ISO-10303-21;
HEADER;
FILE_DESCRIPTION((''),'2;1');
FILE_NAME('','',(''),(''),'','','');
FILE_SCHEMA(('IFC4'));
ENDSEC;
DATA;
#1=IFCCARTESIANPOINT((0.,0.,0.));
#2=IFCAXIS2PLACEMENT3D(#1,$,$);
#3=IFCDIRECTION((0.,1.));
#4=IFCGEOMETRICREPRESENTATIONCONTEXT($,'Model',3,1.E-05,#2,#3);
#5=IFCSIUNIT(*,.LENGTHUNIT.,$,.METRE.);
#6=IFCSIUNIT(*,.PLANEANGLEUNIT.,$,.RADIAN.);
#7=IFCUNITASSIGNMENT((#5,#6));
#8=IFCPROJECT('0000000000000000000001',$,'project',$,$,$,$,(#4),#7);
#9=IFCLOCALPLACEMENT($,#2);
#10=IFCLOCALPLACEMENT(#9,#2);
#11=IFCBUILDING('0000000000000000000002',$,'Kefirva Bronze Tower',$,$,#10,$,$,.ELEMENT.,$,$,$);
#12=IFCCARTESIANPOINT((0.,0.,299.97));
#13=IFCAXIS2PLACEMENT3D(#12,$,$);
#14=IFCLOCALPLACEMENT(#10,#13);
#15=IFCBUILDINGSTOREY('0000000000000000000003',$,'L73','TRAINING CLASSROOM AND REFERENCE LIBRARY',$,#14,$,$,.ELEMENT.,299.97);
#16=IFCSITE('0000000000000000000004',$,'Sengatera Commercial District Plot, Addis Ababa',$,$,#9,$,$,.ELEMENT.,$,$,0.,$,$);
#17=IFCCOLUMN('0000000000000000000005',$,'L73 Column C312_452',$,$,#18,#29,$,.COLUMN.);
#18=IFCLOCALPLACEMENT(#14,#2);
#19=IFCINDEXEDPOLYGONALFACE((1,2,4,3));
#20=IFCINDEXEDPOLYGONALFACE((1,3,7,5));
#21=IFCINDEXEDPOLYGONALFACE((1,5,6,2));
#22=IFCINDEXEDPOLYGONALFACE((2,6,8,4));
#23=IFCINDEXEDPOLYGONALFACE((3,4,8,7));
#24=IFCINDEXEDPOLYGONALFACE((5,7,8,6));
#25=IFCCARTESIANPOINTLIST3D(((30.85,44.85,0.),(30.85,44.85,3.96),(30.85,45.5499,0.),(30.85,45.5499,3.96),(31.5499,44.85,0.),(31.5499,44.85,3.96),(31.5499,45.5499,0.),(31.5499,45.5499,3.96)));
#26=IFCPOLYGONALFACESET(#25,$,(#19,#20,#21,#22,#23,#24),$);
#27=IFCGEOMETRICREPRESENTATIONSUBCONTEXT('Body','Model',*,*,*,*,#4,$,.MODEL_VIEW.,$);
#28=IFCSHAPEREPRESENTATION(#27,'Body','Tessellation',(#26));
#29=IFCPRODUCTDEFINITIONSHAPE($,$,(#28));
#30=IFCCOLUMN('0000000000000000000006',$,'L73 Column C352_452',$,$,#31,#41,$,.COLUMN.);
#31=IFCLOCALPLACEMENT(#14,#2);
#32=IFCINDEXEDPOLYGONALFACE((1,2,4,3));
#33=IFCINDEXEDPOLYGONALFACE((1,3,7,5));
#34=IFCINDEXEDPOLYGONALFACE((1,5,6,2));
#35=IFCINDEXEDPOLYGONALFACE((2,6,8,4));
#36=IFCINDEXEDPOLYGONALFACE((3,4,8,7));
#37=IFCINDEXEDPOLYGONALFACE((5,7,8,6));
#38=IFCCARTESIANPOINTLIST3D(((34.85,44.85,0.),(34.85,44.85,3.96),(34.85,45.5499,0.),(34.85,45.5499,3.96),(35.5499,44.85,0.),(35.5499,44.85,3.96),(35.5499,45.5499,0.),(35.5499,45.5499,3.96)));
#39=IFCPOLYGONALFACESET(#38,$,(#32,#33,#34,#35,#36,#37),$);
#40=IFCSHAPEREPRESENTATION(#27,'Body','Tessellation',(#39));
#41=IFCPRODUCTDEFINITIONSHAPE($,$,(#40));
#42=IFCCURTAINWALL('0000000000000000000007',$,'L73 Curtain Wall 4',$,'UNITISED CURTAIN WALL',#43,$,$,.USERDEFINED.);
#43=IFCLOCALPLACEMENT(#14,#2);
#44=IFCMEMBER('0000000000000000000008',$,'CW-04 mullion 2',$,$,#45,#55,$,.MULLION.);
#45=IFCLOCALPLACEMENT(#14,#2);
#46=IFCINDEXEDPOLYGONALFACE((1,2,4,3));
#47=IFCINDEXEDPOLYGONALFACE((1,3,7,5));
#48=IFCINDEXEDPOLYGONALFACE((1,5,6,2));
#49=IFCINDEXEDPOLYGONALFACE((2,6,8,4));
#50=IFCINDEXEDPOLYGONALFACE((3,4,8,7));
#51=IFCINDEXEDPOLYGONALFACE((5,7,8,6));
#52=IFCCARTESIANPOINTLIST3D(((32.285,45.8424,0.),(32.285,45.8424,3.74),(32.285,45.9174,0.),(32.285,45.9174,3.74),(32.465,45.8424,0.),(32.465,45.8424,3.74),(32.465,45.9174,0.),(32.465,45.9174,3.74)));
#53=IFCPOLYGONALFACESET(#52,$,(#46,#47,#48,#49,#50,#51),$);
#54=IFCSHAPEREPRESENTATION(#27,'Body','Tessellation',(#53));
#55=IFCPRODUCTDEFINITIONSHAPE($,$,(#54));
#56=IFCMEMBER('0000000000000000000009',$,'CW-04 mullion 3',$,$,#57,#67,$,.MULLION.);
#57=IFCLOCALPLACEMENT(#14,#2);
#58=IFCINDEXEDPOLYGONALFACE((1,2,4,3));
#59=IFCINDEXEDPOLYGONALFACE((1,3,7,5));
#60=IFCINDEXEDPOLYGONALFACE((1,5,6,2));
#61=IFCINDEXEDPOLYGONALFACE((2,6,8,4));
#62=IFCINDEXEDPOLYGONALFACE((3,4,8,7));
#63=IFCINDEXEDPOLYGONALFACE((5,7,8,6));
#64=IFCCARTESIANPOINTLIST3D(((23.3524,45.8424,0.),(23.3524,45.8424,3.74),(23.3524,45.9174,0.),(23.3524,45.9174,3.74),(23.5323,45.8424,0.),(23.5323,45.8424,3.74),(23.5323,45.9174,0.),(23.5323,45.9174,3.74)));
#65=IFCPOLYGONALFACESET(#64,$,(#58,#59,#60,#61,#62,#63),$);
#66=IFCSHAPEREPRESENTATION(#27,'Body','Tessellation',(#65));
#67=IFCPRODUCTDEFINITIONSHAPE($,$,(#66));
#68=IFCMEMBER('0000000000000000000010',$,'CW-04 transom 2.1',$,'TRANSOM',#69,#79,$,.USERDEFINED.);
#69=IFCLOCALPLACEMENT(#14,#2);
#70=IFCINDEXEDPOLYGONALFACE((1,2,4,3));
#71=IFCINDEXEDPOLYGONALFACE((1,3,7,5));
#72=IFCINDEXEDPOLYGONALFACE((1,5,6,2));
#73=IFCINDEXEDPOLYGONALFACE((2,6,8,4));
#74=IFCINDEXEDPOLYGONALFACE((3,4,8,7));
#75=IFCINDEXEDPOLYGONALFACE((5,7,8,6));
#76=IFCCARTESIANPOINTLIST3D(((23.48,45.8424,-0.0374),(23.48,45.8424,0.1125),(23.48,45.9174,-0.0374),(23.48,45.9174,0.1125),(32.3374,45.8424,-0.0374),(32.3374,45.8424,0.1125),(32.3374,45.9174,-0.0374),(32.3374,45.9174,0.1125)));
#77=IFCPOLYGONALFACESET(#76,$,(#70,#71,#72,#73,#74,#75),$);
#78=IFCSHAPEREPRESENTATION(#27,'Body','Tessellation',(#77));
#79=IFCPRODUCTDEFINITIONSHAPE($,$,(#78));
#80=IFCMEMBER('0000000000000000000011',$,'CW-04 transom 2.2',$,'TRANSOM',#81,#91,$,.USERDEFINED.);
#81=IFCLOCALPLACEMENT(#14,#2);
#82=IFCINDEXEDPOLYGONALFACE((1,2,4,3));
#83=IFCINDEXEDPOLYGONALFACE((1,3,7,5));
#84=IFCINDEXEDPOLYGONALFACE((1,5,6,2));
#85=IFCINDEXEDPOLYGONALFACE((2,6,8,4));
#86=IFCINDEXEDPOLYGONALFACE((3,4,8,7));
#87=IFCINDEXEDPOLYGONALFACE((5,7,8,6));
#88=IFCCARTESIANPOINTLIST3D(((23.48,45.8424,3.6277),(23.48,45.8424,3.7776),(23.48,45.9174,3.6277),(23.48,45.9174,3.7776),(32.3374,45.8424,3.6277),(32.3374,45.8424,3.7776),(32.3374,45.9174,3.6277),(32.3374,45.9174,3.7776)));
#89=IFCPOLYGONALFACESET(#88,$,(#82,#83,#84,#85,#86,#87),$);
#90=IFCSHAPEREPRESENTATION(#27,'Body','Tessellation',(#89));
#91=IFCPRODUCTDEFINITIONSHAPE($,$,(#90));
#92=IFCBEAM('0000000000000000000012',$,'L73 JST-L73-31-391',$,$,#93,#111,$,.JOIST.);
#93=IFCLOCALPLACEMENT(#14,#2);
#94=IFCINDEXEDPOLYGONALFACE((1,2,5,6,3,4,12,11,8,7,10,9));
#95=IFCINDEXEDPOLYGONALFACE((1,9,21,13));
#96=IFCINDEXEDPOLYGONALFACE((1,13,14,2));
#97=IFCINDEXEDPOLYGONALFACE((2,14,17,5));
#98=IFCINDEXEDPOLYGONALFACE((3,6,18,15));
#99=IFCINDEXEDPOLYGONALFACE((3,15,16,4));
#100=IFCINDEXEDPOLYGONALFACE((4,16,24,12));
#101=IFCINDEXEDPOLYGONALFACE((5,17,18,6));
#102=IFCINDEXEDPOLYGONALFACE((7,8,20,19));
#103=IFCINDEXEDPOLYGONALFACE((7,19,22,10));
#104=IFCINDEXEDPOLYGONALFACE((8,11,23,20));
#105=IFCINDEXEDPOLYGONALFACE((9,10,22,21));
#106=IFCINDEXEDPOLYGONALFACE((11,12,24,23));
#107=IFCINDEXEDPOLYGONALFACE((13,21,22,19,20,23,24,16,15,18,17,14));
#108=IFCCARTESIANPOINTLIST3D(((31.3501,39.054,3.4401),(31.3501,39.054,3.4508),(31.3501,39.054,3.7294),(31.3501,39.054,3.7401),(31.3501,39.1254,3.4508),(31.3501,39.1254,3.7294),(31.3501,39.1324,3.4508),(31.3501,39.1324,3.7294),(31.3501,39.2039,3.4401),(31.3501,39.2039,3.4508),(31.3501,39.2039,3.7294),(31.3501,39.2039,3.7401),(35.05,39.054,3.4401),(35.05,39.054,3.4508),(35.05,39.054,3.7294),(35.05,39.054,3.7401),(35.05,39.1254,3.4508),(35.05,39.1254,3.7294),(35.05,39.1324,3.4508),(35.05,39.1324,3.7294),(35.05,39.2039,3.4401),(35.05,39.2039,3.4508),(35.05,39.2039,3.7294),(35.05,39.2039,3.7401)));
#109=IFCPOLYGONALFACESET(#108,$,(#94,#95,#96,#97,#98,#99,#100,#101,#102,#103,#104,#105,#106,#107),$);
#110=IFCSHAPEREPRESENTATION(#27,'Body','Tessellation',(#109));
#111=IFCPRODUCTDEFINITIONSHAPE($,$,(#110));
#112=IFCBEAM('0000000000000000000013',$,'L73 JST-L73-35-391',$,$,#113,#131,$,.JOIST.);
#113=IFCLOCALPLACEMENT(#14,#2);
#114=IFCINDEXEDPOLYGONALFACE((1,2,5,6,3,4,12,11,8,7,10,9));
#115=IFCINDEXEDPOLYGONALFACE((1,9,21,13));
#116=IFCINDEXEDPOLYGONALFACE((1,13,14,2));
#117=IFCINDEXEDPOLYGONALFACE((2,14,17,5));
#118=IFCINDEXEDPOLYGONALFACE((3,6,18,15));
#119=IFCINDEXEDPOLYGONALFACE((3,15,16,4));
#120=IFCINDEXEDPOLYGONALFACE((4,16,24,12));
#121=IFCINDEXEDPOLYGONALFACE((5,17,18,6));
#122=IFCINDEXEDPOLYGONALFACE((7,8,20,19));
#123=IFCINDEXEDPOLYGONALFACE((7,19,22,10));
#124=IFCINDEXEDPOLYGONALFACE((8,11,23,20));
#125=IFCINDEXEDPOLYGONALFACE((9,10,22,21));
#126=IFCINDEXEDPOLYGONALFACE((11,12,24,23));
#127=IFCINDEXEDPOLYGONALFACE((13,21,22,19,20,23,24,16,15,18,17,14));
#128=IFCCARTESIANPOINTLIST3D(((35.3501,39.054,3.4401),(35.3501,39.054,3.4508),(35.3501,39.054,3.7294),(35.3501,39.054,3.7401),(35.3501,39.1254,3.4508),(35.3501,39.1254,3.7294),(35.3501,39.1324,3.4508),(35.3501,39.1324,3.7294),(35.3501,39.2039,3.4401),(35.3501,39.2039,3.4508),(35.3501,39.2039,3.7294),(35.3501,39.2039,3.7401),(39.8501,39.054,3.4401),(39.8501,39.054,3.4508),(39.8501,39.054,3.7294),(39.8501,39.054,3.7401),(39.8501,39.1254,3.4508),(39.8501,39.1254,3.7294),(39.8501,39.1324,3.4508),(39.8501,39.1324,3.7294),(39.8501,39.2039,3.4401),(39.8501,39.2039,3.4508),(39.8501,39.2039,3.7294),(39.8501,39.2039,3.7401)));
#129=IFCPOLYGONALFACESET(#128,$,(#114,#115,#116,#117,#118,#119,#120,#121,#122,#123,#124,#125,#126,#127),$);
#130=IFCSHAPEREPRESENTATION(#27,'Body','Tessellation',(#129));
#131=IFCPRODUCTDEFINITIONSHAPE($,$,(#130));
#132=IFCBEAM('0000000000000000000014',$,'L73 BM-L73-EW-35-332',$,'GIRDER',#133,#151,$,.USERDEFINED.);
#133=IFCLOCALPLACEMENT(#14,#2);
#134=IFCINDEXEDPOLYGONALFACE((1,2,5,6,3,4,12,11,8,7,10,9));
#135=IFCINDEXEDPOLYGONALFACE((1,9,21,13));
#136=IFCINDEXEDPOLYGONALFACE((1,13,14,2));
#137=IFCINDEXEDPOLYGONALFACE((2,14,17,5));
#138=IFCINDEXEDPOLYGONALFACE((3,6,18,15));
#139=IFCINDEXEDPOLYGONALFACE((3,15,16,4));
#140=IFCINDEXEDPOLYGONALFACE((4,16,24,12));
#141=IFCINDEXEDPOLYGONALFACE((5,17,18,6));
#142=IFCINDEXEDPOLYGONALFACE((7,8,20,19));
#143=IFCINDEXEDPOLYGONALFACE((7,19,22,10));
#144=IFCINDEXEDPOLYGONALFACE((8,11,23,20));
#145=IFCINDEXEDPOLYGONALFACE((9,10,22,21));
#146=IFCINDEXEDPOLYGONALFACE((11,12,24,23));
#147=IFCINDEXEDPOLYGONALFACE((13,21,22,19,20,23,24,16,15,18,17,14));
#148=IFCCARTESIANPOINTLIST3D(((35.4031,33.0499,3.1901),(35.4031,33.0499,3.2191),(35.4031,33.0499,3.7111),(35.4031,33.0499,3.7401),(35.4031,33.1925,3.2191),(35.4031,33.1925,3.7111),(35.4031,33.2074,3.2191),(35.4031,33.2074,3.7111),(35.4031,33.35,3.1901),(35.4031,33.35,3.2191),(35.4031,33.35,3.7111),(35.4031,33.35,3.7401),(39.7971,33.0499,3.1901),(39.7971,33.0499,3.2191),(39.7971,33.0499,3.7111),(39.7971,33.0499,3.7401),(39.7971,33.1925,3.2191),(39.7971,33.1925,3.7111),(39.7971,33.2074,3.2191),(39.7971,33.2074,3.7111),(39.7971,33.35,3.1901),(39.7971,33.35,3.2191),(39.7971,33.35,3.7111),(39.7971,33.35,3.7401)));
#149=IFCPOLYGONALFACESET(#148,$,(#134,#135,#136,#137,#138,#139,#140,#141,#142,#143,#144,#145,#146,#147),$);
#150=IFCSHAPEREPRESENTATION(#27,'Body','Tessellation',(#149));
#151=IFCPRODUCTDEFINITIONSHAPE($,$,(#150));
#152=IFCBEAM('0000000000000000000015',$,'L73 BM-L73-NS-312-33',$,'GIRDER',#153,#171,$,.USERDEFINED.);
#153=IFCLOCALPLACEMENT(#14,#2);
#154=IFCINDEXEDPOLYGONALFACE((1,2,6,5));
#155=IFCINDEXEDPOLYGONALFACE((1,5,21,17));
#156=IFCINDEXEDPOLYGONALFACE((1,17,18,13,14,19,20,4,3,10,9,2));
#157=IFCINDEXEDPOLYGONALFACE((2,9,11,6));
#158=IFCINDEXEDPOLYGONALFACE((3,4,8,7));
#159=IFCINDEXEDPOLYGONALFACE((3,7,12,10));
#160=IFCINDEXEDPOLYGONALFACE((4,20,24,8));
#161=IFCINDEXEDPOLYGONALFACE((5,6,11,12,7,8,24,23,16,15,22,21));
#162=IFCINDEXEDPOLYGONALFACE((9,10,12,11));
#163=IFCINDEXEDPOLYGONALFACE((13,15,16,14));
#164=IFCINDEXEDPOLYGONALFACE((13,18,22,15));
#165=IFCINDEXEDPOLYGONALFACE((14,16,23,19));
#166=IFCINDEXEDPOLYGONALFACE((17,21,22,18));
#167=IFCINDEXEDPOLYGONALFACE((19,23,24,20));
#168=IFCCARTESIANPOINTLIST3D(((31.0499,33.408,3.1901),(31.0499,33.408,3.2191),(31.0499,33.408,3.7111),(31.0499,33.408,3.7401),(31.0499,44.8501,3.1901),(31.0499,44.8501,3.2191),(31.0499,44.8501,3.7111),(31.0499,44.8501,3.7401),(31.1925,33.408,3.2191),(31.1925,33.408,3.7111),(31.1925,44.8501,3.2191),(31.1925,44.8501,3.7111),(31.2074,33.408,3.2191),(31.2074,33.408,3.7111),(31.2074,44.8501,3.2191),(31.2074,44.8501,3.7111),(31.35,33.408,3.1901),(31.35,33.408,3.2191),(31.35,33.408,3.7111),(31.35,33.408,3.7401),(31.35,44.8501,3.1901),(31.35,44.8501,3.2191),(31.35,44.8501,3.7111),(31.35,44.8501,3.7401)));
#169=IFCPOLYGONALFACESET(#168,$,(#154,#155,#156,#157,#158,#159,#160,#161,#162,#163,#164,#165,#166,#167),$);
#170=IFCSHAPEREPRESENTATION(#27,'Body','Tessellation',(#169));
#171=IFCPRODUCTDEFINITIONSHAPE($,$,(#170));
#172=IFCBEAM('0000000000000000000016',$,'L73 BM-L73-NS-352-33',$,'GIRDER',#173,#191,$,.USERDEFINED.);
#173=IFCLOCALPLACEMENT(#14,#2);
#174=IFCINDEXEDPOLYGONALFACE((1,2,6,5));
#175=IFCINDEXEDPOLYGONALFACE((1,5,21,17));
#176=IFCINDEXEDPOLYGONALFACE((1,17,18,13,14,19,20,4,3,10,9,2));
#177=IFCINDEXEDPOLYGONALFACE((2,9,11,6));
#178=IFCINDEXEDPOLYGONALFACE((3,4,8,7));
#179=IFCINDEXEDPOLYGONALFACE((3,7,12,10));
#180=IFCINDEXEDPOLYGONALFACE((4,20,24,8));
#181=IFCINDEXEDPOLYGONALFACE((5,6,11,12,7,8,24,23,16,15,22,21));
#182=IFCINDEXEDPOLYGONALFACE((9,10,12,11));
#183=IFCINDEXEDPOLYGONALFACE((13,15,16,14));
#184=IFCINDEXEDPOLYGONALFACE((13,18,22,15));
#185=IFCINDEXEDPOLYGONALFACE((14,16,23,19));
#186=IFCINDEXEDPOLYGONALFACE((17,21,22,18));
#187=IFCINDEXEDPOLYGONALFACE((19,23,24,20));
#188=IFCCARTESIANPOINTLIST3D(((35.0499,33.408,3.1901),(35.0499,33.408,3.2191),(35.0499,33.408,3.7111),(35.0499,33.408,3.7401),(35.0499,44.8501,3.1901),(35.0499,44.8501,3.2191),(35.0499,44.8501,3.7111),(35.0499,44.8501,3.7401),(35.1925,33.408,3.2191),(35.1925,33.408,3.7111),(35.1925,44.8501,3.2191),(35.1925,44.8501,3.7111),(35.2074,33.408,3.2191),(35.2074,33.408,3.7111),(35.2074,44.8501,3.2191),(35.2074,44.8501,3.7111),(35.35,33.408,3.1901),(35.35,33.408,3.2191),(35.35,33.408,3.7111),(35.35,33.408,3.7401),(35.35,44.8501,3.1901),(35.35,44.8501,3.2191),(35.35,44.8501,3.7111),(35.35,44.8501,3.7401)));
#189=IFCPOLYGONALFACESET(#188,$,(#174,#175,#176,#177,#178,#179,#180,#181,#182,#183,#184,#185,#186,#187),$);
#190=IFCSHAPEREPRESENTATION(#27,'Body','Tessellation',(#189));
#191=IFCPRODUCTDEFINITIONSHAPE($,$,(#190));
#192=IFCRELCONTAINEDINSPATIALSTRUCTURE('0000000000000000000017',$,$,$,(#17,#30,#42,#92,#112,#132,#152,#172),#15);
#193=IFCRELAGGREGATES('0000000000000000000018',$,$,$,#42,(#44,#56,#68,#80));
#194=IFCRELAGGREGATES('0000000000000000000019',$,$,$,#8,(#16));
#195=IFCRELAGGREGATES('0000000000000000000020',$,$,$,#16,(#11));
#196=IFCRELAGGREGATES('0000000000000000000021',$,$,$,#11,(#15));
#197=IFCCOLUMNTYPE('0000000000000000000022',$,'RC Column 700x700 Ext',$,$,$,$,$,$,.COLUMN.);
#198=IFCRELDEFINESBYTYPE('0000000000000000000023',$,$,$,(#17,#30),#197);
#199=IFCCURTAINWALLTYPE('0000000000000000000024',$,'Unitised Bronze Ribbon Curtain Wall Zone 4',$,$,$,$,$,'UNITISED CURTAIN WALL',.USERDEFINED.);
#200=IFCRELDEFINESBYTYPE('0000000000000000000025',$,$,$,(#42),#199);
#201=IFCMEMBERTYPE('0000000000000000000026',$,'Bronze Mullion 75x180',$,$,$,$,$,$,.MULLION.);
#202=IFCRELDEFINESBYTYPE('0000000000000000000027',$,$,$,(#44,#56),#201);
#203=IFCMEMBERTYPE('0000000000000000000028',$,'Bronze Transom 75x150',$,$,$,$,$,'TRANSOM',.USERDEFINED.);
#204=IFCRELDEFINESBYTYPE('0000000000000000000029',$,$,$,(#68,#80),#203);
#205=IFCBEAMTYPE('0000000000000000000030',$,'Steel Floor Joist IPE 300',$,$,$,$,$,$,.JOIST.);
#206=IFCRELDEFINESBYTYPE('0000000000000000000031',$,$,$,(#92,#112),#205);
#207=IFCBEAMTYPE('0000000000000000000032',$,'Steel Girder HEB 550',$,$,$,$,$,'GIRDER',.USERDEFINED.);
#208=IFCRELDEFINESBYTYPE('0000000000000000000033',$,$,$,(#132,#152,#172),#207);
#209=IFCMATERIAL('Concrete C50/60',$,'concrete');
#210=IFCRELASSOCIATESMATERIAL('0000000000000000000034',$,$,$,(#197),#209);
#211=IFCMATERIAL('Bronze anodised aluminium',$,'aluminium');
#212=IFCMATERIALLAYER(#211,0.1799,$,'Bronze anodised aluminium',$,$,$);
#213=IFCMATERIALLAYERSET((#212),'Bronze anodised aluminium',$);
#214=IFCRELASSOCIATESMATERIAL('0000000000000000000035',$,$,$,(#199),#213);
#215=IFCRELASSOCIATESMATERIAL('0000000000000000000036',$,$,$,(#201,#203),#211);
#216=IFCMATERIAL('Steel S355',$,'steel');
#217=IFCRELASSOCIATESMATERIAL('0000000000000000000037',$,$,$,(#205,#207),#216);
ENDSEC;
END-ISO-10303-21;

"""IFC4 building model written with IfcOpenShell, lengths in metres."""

from ifc_helpers import new_model, si_unit, direction, frame, origin, origin_2d, place, context, subcontext, project, spatial, rectangle, i_section, extrude, material, layer, layer_set, material_profile, profile_set, type_object, element, aggregate, save


model = new_model("IFC4")

# Units and contexts
model_context = context("Model", 3, precision=1e-05, world=origin(), true_north=direction((0.0, 1.0)))
body_context = subcontext(model_context, "Body", "Model", "MODEL_VIEW")
ifc_project = project(units=[si_unit("LENGTHUNIT", "METRE"), si_unit("PLANEANGLEUNIT", "RADIAN")], contexts=[model_context])

# Site, building, storey
site_placement = place(None, origin())
site = spatial("IfcSite", under=ifc_project, at=site_placement, Name="Sengatera Commercial District Plot, Addis Ababa", CompositionType="ELEMENT", RefElevation=0.0)
building_placement = place(site_placement, origin())
building = spatial("IfcBuilding", under=site, at=building_placement, Name="Kefirva Bronze Tower", CompositionType="ELEMENT")
storey_placement = place(building_placement, frame((0.0, 0.0, 299.97)))
storey = spatial("IfcBuildingStorey", under=building, at=storey_placement, Name="L73", Description="TRAINING CLASSROOM AND REFERENCE LIBRARY", CompositionType="ELEMENT", Elevation=299.97)

# Columns
ifc_material_1 = material(Name="Concrete C50/60", Category="concrete")
ifc_material_profile_1 = material_profile(ifc_material_1, rectangle(XDim=0.7, YDim=0.7, at=origin_2d()), Name="RC 700x700")
ifc_profile_set_1 = profile_set([ifc_material_profile_1], Name="Concrete C50/60")
column_type = type_object("IfcColumnType", Name="RC Column 700x700 Ext", PredefinedType="COLUMN", material=ifc_profile_set_1)
for number, where, z_axis, x_axis, name in (
    (1, (31.2, 45.2, 0.0), (0.0, 0.0, 1.0), (1.0, 0.0, 0.0), "L73 Column C312_452"),
    (2, (35.2, 45.2, 0.0), (0.0, 0.0, 1.0), (1.0, 0.0, 0.0), "L73 Column C352_452"),
):
    element("IfcColumn", number, at=place(storey_placement, frame(where, z_axis=z_axis, x_axis=x_axis)), inside=storey, type_object=column_type, Name=name, PredefinedType="COLUMN", context=body_context, shape_type="SweptSolid", body=[
        extrude(rectangle(XDim=0.7, YDim=0.7, at=origin_2d()), origin(), (0.0, 0.0, 1.0), 3.96),
    ])

# Curtain wall, members
ifc_material_2 = material(Name="Bronze anodised aluminium", Category="aluminium")
ifc_layer_1 = layer(ifc_material_2, 0.1799, Name="Bronze anodised aluminium")
ifc_layer_set_1 = layer_set([ifc_layer_1], Name="Bronze anodised aluminium")
curtain_wall_type = type_object("IfcCurtainWallType", Name="Unitised Bronze Ribbon Curtain Wall Zone 4", ElementType="UNITISED CURTAIN WALL", PredefinedType="USERDEFINED", material=ifc_layer_set_1)
curtain_wall_placement = place(storey_placement, origin())
curtain_wall = element("IfcCurtainWall", 3, at=curtain_wall_placement, inside=storey, type_object=curtain_wall_type, Name="L73 Curtain Wall 4", ObjectType="UNITISED CURTAIN WALL", PredefinedType="USERDEFINED")
ifc_material_profile_2 = material_profile(ifc_material_2, rectangle(XDim=0.075, YDim=0.1799, at=origin_2d()), Name="ALU 75x180")
ifc_profile_set_2 = profile_set([ifc_material_profile_2], Name="Bronze anodised aluminium")
member_type_1 = type_object("IfcMemberType", Name="Bronze Mullion 75x180", PredefinedType="MULLION", material=ifc_profile_set_2)
member_1_placement = place(storey_placement, frame((32.375, 45.8799, 0.0), z_axis=(0.0, 0.0, 1.0), x_axis=(0.0, -1.0, 0.0)))
member_1 = element("IfcMember", 4, at=member_1_placement, type_object=member_type_1, Name="CW-04 mullion 2", PredefinedType="MULLION", context=body_context, shape_type="SweptSolid", body=[
    extrude(rectangle(XDim=0.075, YDim=0.1799, at=origin_2d()), origin(), (0.0, 0.0, 1.0), 3.74),
])
member_2_placement = place(storey_placement, frame((23.4424, 45.8799, 0.0), z_axis=(0.0, 0.0, 1.0), x_axis=(0.0, -1.0, 0.0)))
member_2 = element("IfcMember", 5, at=member_2_placement, type_object=member_type_1, Name="CW-04 mullion 3", PredefinedType="MULLION", context=body_context, shape_type="SweptSolid", body=[
    extrude(rectangle(XDim=0.075, YDim=0.1799, at=origin_2d()), origin(), (0.0, 0.0, 1.0), 3.74),
])
ifc_material_profile_3 = material_profile(ifc_material_2, rectangle(XDim=0.075, YDim=0.1499, at=origin_2d()), Name="ALU 75x150")
ifc_profile_set_3 = profile_set([ifc_material_profile_3], Name="Bronze anodised aluminium")
member_type_2 = type_object("IfcMemberType", Name="Bronze Transom 75x150", ElementType="TRANSOM", PredefinedType="USERDEFINED", material=ifc_profile_set_3)
member_3_placement = place(storey_placement, frame((32.3374, 45.8799, 0.0376), z_axis=(-1.0, 0.0, 0.0), x_axis=(0.0, -1.0, 0.0)))
member_3 = element("IfcMember", 6, at=member_3_placement, type_object=member_type_2, Name="CW-04 transom 2.1", ObjectType="TRANSOM", PredefinedType="USERDEFINED", context=body_context, shape_type="SweptSolid", body=[
    extrude(rectangle(XDim=0.075, YDim=0.1499, at=origin_2d()), origin(), (0.0, 0.0, 1.0), 8.8574),
])
member_4_placement = place(storey_placement, frame((32.3374, 45.8799, 3.7026), z_axis=(-1.0, 0.0, 0.0), x_axis=(0.0, -1.0, 0.0)))
member_4 = element("IfcMember", 7, at=member_4_placement, type_object=member_type_2, Name="CW-04 transom 2.2", ObjectType="TRANSOM", PredefinedType="USERDEFINED", context=body_context, shape_type="SweptSolid", body=[
    extrude(rectangle(XDim=0.075, YDim=0.1499, at=origin_2d()), origin(), (0.0, 0.0, 1.0), 8.8574),
])

# Beams
ifc_material_3 = material(Name="Steel S355", Category="steel")
ifc_material_profile_4 = material_profile(ifc_material_3, i_section(OverallWidth=0.1499, OverallDepth=0.3, WebThickness=0.0071, FlangeThickness=0.0107, at=origin_2d()), Name="IPE 300")
ifc_profile_set_4 = profile_set([ifc_material_profile_4], Name="Steel S355")
beam_type_1 = type_object("IfcBeamType", Name="Steel Floor Joist IPE 300", PredefinedType="JOIST", material=ifc_profile_set_4)
beam_1_placement = place(storey_placement, frame((31.3501, 39.1289, 3.5901), z_axis=(1.0, 0.0, 0.0), x_axis=(0.0, 1.0, 0.0)))
element("IfcBeam", 8, at=beam_1_placement, inside=storey, type_object=beam_type_1, Name="L73 JST-L73-31-391", PredefinedType="JOIST", context=body_context, shape_type="SweptSolid", body=[
    extrude(i_section(OverallWidth=0.1499, OverallDepth=0.3, WebThickness=0.0071, FlangeThickness=0.0107, at=origin_2d()), origin(), (0.0, 0.0, 1.0), 3.7),
])
beam_2_placement = place(storey_placement, frame((35.3501, 39.1289, 3.5901), z_axis=(1.0, 0.0, 0.0), x_axis=(0.0, 1.0, 0.0)))
element("IfcBeam", 9, at=beam_2_placement, inside=storey, type_object=beam_type_1, Name="L73 JST-L73-35-391", PredefinedType="JOIST", context=body_context, shape_type="SweptSolid", body=[
    extrude(i_section(OverallWidth=0.1499, OverallDepth=0.3, WebThickness=0.0071, FlangeThickness=0.0107, at=origin_2d()), origin(), (0.0, 0.0, 1.0), 4.5),
])
ifc_material_profile_5 = material_profile(ifc_material_3, i_section(OverallWidth=0.3, OverallDepth=0.55, WebThickness=0.0149, FlangeThickness=0.0291, at=origin_2d()), Name="HEB 550")
ifc_profile_set_5 = profile_set([ifc_material_profile_5], Name="Steel S355")
beam_type_2 = type_object("IfcBeamType", Name="Steel Girder HEB 550", ElementType="GIRDER", PredefinedType="USERDEFINED", material=ifc_profile_set_5)
beam_3_placement = place(storey_placement, frame((35.4031, 33.2, 3.4651), z_axis=(1.0, 0.0, 0.0), x_axis=(0.0, 1.0, 0.0)))
element("IfcBeam", 10, at=beam_3_placement, inside=storey, type_object=beam_type_2, Name="L73 BM-L73-EW-35-332", ObjectType="GIRDER", PredefinedType="USERDEFINED", context=body_context, shape_type="SweptSolid", body=[
    extrude(i_section(OverallWidth=0.3, OverallDepth=0.55, WebThickness=0.0149, FlangeThickness=0.0291, at=origin_2d()), origin(), (0.0, 0.0, 1.0), 4.394),
])
for number, where, z_axis, x_axis, name in (
    (11, (31.2, 33.408, 3.4651), (0.0, 1.0, 0.0), (-1.0, 0.0, 0.0), "L73 BM-L73-NS-312-33"),
    (12, (35.2, 33.408, 3.4651), (0.0, 1.0, 0.0), (-1.0, 0.0, 0.0), "L73 BM-L73-NS-352-33"),
):
    element("IfcBeam", number, at=place(storey_placement, frame(where, z_axis=z_axis, x_axis=x_axis)), inside=storey, type_object=beam_type_2, Name=name, ObjectType="GIRDER", PredefinedType="USERDEFINED", context=body_context, shape_type="SweptSolid", body=[
        extrude(i_section(OverallWidth=0.3, OverallDepth=0.55, WebThickness=0.0149, FlangeThickness=0.0291, at=origin_2d()), origin(), (0.0, 0.0, 1.0), 11.4421),
    ])

aggregate(curtain_wall, [member_1, member_2, member_3, member_4])

save(model, "model.ifc")
